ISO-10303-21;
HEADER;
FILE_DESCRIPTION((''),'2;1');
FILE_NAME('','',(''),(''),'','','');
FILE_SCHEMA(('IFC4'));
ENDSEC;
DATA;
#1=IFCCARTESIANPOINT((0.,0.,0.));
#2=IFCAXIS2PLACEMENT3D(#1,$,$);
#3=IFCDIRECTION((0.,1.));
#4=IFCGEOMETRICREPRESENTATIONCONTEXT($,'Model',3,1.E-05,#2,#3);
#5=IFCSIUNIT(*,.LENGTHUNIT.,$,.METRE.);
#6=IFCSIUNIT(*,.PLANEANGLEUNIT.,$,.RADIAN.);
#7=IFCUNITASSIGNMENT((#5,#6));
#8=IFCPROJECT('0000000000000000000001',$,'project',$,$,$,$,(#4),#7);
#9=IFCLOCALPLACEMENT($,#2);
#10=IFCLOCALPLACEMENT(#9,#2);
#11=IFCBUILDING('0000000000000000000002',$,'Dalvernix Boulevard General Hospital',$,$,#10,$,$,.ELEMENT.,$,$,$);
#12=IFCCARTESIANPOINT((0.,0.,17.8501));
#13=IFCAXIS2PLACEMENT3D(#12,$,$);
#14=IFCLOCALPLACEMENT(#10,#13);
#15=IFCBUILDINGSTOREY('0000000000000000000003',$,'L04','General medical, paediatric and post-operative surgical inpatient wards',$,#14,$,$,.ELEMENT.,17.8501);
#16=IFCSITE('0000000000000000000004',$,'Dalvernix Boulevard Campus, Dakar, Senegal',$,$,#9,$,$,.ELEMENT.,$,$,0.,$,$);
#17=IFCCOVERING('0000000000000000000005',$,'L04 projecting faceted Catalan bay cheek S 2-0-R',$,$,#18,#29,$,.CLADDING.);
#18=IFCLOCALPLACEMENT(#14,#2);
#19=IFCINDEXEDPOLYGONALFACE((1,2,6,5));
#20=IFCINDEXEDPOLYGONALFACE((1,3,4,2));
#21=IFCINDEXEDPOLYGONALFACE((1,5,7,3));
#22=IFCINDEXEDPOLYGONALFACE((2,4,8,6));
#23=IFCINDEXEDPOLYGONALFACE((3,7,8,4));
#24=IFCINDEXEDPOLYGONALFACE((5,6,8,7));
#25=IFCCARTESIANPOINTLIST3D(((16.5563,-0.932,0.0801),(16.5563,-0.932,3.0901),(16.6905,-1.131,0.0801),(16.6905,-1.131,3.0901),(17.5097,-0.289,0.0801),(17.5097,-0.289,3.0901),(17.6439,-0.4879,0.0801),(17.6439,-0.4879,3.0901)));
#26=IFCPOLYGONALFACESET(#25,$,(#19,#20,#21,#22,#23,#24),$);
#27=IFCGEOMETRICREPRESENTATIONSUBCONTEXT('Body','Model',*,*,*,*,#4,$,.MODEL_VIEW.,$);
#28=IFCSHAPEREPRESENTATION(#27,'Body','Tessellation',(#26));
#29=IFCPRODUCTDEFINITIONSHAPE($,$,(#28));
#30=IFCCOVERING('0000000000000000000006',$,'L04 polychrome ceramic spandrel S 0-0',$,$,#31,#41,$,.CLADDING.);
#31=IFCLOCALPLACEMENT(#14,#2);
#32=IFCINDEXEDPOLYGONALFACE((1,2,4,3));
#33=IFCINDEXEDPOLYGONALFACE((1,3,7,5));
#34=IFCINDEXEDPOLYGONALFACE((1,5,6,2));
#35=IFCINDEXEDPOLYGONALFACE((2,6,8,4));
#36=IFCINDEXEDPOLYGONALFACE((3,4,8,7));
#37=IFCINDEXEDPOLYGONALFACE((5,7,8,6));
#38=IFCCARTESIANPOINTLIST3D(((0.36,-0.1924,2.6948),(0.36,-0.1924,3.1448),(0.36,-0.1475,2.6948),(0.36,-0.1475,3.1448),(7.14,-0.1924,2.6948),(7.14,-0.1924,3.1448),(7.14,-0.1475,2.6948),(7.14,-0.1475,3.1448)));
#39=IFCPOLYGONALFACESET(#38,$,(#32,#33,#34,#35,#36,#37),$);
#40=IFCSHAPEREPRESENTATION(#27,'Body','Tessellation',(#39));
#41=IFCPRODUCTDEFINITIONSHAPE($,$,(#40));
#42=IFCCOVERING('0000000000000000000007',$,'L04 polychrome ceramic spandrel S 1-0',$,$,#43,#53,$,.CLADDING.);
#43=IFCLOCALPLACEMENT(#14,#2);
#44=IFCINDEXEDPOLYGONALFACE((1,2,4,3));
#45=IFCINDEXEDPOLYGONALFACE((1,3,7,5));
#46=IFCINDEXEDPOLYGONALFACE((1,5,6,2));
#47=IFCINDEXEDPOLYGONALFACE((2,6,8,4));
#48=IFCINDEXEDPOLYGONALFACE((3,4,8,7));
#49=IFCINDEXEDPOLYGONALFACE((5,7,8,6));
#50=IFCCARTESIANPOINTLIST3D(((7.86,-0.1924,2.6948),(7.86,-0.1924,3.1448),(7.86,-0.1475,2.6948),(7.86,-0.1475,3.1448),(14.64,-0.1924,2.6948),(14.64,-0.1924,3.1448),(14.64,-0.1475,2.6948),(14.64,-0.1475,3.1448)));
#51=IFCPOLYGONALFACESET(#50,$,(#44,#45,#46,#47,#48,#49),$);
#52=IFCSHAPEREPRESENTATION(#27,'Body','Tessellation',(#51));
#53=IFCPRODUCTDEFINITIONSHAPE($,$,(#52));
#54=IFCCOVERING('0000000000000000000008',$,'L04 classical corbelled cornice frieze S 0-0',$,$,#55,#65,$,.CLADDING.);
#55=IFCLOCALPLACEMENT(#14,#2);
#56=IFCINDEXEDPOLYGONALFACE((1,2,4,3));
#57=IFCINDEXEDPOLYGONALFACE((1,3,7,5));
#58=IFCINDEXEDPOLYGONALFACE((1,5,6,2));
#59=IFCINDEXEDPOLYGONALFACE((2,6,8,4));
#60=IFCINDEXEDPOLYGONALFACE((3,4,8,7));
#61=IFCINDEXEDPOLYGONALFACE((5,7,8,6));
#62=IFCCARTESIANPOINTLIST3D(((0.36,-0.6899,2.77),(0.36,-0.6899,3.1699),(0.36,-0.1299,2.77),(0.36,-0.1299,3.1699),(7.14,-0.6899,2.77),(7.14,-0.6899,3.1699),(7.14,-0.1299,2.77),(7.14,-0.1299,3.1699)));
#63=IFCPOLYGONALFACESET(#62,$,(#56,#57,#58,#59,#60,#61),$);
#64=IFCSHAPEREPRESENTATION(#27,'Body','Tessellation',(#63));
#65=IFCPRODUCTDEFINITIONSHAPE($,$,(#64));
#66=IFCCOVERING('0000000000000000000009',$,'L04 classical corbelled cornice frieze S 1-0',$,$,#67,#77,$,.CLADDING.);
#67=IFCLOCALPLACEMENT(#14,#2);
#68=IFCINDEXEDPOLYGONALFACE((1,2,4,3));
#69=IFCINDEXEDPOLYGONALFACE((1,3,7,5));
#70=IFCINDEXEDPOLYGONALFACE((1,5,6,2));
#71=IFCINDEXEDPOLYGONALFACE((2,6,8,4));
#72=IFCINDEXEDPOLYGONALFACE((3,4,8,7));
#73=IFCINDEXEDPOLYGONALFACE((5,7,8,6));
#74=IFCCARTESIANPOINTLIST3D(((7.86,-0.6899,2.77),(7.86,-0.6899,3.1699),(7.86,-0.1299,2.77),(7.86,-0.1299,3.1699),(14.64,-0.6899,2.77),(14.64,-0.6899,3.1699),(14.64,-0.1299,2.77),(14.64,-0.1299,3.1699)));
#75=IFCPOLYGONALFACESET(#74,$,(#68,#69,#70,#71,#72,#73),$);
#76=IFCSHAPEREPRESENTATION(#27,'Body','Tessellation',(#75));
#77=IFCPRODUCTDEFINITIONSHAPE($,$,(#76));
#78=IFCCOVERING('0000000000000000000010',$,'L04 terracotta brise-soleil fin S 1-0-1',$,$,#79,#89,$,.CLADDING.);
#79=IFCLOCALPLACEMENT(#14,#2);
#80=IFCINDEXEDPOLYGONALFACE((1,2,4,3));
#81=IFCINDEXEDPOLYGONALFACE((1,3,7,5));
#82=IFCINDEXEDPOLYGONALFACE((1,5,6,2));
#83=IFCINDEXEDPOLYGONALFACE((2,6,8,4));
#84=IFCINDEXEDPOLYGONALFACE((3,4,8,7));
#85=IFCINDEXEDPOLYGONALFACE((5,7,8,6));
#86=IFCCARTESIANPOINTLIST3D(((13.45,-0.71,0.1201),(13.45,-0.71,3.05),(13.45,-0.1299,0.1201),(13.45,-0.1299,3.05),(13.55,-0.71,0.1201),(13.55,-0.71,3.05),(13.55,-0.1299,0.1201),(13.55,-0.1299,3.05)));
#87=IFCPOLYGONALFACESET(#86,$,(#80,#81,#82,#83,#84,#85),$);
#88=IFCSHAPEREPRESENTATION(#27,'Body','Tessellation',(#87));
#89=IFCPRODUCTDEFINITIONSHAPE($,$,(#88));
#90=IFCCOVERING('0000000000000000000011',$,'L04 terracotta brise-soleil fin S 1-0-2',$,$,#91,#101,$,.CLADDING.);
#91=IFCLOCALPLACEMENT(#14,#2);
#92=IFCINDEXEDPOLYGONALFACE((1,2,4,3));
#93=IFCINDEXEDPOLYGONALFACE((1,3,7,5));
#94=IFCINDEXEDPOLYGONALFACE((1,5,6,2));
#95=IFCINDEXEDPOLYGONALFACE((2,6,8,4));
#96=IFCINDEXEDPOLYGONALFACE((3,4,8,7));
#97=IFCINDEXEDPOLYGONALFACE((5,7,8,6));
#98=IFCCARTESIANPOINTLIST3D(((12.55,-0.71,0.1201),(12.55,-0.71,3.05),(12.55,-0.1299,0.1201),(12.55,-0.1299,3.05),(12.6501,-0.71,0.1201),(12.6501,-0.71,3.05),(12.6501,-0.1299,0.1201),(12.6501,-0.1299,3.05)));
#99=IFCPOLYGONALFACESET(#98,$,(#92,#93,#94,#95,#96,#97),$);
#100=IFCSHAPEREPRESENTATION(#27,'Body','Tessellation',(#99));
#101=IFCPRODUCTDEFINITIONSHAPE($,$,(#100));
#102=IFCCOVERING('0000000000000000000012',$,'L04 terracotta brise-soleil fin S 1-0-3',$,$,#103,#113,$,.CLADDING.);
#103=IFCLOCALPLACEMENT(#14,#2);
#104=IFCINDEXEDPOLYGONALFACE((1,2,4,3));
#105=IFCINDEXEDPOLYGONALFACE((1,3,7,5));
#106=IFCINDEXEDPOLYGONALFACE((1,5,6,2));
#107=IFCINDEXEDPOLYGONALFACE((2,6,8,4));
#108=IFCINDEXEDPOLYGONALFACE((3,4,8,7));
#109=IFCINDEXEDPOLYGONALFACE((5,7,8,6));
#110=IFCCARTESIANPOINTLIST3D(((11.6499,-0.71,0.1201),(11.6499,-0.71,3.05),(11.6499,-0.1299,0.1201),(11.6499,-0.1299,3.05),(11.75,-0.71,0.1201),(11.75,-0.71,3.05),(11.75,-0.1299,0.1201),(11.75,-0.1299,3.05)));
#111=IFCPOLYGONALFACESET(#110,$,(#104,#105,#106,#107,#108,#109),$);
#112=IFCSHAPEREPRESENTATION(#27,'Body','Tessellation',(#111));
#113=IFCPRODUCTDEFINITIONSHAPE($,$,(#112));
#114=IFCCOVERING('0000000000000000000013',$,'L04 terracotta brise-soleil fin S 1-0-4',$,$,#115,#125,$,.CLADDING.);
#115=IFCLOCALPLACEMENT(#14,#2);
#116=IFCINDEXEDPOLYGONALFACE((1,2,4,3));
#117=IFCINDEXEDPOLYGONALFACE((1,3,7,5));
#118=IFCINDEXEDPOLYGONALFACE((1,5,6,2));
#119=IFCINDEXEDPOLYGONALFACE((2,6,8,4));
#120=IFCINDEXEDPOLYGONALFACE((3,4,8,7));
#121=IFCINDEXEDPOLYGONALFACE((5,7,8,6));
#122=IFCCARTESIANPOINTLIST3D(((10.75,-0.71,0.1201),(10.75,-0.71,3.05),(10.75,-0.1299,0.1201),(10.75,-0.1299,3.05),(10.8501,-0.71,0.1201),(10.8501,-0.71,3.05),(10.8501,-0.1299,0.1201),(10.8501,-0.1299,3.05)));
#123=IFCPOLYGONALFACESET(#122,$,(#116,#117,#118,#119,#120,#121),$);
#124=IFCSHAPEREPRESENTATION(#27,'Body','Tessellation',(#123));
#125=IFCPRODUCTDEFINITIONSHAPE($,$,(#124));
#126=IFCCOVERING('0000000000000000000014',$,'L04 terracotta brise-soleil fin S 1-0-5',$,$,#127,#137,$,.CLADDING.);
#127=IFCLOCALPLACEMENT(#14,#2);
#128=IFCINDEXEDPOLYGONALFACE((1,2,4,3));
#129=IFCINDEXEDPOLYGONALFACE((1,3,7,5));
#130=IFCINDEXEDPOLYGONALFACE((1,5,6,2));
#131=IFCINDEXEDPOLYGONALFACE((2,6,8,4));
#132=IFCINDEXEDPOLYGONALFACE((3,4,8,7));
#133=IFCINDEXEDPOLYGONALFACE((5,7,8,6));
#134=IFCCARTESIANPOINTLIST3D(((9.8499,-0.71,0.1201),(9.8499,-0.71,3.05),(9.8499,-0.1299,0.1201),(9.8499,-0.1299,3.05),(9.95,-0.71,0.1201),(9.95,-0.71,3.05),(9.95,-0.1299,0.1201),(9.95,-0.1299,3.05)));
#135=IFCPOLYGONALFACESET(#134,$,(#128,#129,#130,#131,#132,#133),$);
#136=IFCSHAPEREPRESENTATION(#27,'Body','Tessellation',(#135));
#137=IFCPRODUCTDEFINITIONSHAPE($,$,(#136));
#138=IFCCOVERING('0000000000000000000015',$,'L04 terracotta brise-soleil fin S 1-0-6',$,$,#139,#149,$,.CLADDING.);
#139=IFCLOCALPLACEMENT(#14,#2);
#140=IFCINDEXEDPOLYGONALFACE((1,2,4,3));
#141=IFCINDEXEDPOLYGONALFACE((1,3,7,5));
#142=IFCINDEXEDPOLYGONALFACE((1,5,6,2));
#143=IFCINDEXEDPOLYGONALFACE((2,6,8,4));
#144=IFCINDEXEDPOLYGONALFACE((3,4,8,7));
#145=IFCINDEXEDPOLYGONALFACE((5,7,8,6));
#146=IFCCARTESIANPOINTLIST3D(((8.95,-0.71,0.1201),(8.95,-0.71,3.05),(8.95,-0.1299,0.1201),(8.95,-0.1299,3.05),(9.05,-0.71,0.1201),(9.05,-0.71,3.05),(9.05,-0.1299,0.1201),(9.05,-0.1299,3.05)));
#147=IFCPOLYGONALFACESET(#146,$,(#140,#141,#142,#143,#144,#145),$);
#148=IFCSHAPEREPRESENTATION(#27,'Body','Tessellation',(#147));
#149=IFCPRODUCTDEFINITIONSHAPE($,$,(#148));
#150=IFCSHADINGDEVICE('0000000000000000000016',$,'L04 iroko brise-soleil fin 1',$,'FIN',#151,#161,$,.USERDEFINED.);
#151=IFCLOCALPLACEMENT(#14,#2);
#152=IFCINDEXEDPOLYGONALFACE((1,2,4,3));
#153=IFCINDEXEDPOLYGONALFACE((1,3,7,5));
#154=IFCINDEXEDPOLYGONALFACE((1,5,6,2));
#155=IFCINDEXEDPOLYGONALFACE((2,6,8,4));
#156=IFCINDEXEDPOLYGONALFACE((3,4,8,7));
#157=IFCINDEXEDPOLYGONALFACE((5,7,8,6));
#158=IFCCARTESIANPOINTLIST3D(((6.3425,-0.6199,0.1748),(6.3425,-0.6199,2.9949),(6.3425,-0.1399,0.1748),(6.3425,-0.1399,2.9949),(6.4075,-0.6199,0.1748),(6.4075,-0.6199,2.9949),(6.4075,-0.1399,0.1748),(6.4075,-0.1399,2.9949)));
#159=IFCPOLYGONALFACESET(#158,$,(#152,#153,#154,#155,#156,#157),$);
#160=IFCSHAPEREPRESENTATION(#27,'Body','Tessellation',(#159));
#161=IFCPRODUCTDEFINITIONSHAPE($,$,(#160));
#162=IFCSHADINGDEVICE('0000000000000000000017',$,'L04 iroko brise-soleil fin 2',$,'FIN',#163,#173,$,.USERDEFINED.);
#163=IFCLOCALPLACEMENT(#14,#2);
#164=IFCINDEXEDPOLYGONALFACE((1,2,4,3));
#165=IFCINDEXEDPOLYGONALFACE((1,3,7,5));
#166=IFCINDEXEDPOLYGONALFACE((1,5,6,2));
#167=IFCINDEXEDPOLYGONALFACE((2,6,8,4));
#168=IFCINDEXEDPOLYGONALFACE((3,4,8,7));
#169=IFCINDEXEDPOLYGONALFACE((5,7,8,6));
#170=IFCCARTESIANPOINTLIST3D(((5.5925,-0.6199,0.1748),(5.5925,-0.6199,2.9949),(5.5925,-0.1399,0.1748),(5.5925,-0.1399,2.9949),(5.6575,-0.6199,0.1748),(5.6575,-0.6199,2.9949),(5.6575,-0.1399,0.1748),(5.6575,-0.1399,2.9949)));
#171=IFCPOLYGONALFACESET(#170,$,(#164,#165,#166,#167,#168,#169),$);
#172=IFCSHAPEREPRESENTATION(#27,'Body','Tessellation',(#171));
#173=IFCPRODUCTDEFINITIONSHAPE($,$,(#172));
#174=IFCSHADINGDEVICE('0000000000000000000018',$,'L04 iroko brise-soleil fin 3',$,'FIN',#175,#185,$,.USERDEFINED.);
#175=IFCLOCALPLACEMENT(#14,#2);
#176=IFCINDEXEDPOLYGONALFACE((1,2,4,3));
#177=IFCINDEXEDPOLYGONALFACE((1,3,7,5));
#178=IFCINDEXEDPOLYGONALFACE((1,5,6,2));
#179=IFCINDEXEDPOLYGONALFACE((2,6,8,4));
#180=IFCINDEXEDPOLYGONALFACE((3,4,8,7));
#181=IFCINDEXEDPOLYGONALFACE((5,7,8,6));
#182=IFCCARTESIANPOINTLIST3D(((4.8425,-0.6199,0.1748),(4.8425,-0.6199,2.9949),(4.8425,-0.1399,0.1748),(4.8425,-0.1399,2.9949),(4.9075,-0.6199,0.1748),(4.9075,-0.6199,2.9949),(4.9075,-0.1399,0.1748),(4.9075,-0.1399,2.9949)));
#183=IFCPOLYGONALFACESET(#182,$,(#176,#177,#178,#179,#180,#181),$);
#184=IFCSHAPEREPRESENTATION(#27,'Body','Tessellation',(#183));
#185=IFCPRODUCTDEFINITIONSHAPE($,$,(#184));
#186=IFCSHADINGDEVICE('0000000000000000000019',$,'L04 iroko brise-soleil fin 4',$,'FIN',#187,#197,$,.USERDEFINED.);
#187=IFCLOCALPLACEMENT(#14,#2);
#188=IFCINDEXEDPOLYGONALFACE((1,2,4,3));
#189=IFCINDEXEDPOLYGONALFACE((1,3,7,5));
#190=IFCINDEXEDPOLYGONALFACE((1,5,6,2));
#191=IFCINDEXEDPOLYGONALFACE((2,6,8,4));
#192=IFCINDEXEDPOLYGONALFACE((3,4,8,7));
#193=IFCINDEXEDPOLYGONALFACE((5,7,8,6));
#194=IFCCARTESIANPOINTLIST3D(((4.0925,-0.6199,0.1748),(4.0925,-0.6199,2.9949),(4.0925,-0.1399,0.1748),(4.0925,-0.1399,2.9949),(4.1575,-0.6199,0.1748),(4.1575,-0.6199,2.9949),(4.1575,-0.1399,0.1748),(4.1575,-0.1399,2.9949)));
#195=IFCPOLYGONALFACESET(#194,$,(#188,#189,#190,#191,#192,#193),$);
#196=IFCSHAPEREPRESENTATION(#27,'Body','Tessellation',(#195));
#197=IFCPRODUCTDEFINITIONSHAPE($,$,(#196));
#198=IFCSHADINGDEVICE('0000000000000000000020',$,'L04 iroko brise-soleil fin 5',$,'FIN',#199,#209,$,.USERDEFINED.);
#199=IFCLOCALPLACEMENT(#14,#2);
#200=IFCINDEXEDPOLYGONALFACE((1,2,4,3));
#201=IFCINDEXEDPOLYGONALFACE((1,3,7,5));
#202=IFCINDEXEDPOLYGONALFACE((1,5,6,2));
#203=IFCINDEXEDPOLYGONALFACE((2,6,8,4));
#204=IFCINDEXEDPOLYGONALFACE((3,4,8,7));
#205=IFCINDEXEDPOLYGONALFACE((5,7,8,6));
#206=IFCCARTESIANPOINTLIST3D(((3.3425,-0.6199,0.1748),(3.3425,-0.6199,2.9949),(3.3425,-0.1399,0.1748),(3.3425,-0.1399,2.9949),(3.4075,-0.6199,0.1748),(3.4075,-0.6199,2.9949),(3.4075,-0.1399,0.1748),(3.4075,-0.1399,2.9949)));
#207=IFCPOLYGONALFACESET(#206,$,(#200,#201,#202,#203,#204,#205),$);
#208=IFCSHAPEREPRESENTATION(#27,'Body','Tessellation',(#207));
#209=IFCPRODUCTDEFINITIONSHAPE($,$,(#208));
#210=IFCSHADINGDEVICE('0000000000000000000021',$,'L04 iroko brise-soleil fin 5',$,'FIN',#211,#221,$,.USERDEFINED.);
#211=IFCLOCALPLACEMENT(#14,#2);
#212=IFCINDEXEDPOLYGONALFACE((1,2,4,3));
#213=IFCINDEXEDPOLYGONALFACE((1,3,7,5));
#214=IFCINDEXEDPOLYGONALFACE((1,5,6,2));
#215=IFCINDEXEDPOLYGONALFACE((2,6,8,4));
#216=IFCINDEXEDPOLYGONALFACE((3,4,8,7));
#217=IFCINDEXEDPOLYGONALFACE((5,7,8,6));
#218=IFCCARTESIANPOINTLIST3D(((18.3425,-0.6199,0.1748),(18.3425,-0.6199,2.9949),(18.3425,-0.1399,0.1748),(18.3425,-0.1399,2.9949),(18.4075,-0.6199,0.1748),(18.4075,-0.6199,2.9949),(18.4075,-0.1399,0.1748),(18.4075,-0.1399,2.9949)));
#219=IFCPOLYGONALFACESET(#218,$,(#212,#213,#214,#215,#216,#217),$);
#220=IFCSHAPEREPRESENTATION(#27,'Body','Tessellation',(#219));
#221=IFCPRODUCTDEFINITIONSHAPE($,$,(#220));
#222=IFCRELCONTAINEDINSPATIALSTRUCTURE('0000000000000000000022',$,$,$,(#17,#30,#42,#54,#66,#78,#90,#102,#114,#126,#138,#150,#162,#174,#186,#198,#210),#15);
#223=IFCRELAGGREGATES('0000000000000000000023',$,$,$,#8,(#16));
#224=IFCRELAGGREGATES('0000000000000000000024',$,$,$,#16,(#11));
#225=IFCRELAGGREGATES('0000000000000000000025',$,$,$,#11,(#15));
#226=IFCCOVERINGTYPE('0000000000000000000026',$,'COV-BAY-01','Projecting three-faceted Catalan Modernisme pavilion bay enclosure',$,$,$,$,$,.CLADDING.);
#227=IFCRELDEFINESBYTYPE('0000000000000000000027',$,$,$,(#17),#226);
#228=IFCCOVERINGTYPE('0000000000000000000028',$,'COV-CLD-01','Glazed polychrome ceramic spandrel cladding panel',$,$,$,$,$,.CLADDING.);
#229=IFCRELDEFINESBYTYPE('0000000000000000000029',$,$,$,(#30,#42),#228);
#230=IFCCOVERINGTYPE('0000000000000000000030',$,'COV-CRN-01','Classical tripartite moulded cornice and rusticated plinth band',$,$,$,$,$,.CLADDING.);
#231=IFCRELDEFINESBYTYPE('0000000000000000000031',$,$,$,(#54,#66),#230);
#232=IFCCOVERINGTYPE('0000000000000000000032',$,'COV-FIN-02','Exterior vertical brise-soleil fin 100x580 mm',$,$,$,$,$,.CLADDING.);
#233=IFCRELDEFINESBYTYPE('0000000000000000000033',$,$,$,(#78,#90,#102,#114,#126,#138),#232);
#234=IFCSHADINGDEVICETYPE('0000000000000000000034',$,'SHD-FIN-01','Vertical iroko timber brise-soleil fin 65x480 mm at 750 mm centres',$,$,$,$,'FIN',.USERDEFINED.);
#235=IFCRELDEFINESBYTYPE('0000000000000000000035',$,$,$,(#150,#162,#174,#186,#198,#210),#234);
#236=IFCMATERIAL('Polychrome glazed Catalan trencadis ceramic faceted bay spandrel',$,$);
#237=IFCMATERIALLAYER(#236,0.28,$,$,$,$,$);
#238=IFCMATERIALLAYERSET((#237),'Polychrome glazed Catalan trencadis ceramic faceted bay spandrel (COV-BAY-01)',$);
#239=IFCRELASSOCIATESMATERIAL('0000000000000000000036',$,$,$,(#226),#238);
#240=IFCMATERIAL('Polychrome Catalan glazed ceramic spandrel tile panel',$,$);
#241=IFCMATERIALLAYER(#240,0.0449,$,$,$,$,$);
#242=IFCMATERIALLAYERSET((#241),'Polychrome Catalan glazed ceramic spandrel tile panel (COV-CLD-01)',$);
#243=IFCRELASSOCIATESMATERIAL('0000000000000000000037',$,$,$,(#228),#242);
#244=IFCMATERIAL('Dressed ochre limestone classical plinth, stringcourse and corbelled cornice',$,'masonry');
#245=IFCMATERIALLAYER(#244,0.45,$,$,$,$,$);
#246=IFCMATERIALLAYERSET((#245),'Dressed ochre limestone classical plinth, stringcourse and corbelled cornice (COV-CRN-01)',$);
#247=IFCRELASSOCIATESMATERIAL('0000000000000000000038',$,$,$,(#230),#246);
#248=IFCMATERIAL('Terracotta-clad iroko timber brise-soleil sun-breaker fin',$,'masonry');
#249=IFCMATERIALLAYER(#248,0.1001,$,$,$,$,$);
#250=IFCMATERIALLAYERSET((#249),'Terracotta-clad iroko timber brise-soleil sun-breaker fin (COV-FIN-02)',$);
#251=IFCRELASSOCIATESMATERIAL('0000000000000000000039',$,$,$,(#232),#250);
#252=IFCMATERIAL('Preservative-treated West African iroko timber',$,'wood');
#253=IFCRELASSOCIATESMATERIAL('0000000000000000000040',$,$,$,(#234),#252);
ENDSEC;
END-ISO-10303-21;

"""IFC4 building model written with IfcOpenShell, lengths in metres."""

from ifc_helpers import new_model, si_unit, direction, frame, origin, origin_2d, place, context, subcontext, project, spatial, rectangle, extrude, material, layer, layer_set, type_object, element, save


model = new_model("IFC4")

# Units and contexts
model_context = context("Model", 3, precision=1e-05, world=origin(), true_north=direction((0.0, 1.0)))
body_context = subcontext(model_context, "Body", "Model", "MODEL_VIEW")
ifc_project = project(units=[si_unit("LENGTHUNIT", "METRE"), si_unit("PLANEANGLEUNIT", "RADIAN")], contexts=[model_context])

# Site, building, storey
site_placement = place(None, origin())
site = spatial("IfcSite", under=ifc_project, at=site_placement, Name="Dalvernix Boulevard Campus, Dakar, Senegal", CompositionType="ELEMENT", RefElevation=0.0)
building_placement = place(site_placement, origin())
building = spatial("IfcBuilding", under=site, at=building_placement, Name="Dalvernix Boulevard General Hospital", CompositionType="ELEMENT")
storey_placement = place(building_placement, frame((0.0, 0.0, 17.8501)))
storey = spatial("IfcBuildingStorey", under=building, at=storey_placement, Name="L04", Description="General medical, paediatric and post-operative surgical inpatient wards", CompositionType="ELEMENT", Elevation=17.8501)

# Coverings
ifc_material_1 = material(Name="Polychrome glazed Catalan trencadis ceramic faceted bay spandrel")
ifc_layer_1 = layer(ifc_material_1, 0.28)
ifc_layer_set_1 = layer_set([ifc_layer_1], Name="Polychrome glazed Catalan trencadis ceramic faceted bay spandrel (COV-BAY-01)")
covering_type_1 = type_object("IfcCoveringType", Name="COV-BAY-01", Description="Projecting three-faceted Catalan Modernisme pavilion bay enclosure", PredefinedType="CLADDING", material=ifc_layer_set_1)
covering_1_placement = place(storey_placement, frame((17.1001, -0.71, 0.0801), z_axis=(0.0, 0.0, 1.0), x_axis=(-0.829038, -0.559193, 0.0)))
element("IfcCovering", 1, at=covering_1_placement, inside=storey, type_object=covering_type_1, Name="L04 projecting faceted Catalan bay cheek S 2-0-R", PredefinedType="CLADDING", context=body_context, shape_type="SweptSolid", body=[
    extrude(rectangle(XDim=1.1499, YDim=0.24, at=origin_2d()), origin(), (0.0, 0.0, 1.0), 3.01),
])
ifc_material_2 = material(Name="Polychrome Catalan glazed ceramic spandrel tile panel")
ifc_layer_2 = layer(ifc_material_2, 0.0449)
ifc_layer_set_2 = layer_set([ifc_layer_2], Name="Polychrome Catalan glazed ceramic spandrel tile panel (COV-CLD-01)")
covering_type_2 = type_object("IfcCoveringType", Name="COV-CLD-01", Description="Glazed polychrome ceramic spandrel cladding panel", PredefinedType="CLADDING", material=ifc_layer_set_2)
for number, where, z_axis, x_axis, name in (
    (2, (3.75, -0.1699, 2.6948), (0.0, 0.0, 1.0), (-1.0, 0.0, 0.0), "L04 polychrome ceramic spandrel S 0-0"),
    (3, (11.25, -0.1699, 2.6948), (0.0, 0.0, 1.0), (-1.0, 0.0, 0.0), "L04 polychrome ceramic spandrel S 1-0"),
):
    element("IfcCovering", number, at=place(storey_placement, frame(where, z_axis=z_axis, x_axis=x_axis)), inside=storey, type_object=covering_type_2, Name=name, PredefinedType="CLADDING", context=body_context, shape_type="SweptSolid", body=[
        extrude(rectangle(XDim=6.78, YDim=0.0449, at=origin_2d()), origin(), (0.0, 0.0, 1.0), 0.45),
    ])
ifc_material_3 = material(Name="Dressed ochre limestone classical plinth, stringcourse and corbelled cornice", Category="masonry")
ifc_layer_3 = layer(ifc_material_3, 0.45)
ifc_layer_set_3 = layer_set([ifc_layer_3], Name="Dressed ochre limestone classical plinth, stringcourse and corbelled cornice (COV-CRN-01)")
covering_type_3 = type_object("IfcCoveringType", Name="COV-CRN-01", Description="Classical tripartite moulded cornice and rusticated plinth band", PredefinedType="CLADDING", material=ifc_layer_set_3)
for number, where, z_axis, x_axis, name in (
    (4, (3.75, -0.4099, 2.77), (0.0, 0.0, 1.0), (-1.0, 0.0, 0.0), "L04 classical corbelled cornice frieze S 0-0"),
    (5, (11.25, -0.4099, 2.77), (0.0, 0.0, 1.0), (-1.0, 0.0, 0.0), "L04 classical corbelled cornice frieze S 1-0"),
):
    element("IfcCovering", number, at=place(storey_placement, frame(where, z_axis=z_axis, x_axis=x_axis)), inside=storey, type_object=covering_type_3, Name=name, PredefinedType="CLADDING", context=body_context, shape_type="SweptSolid", body=[
        extrude(rectangle(XDim=6.78, YDim=0.5601, at=origin_2d()), origin(), (0.0, 0.0, 1.0), 0.3999),
    ])
ifc_material_4 = material(Name="Terracotta-clad iroko timber brise-soleil sun-breaker fin", Category="masonry")
ifc_layer_4 = layer(ifc_material_4, 0.1001)
ifc_layer_set_4 = layer_set([ifc_layer_4], Name="Terracotta-clad iroko timber brise-soleil sun-breaker fin (COV-FIN-02)")
covering_type_4 = type_object("IfcCoveringType", Name="COV-FIN-02", Description="Exterior vertical brise-soleil fin 100x580 mm", PredefinedType="CLADDING", material=ifc_layer_set_4)
for number, where, z_axis, x_axis, name in (
    (6, (13.5, -0.4199, 0.1201), (0.0, 0.0, 1.0), (-1.0, 0.0, 0.0), "L04 terracotta brise-soleil fin S 1-0-1"),
    (7, (12.6001, -0.4199, 0.1201), (0.0, 0.0, 1.0), (-1.0, 0.0, 0.0), "L04 terracotta brise-soleil fin S 1-0-2"),
    (8, (11.7, -0.4199, 0.1201), (0.0, 0.0, 1.0), (-1.0, 0.0, 0.0), "L04 terracotta brise-soleil fin S 1-0-3"),
    (9, (10.8, -0.4199, 0.1201), (0.0, 0.0, 1.0), (-1.0, 0.0, 0.0), "L04 terracotta brise-soleil fin S 1-0-4"),
    (10, (9.8999, -0.4199, 0.1201), (0.0, 0.0, 1.0), (-1.0, 0.0, 0.0), "L04 terracotta brise-soleil fin S 1-0-5"),
    (11, (9.0, -0.4199, 0.1201), (0.0, 0.0, 1.0), (-1.0, 0.0, 0.0), "L04 terracotta brise-soleil fin S 1-0-6"),
):
    element("IfcCovering", number, at=place(storey_placement, frame(where, z_axis=z_axis, x_axis=x_axis)), inside=storey, type_object=covering_type_4, Name=name, PredefinedType="CLADDING", context=body_context, shape_type="SweptSolid", body=[
        extrude(rectangle(XDim=0.1001, YDim=0.5801, at=origin_2d()), origin(), (0.0, 0.0, 1.0), 2.9299),
    ])

# Shading devices
ifc_material_5 = material(Name="Preservative-treated West African iroko timber", Category="wood")
shading_device_type = type_object("IfcShadingDeviceType", Name="SHD-FIN-01", Description="Vertical iroko timber brise-soleil fin 65x480 mm at 750 mm centres", ElementType="FIN", PredefinedType="USERDEFINED", material=ifc_material_5)
for number, where, z_axis, x_axis, name in (
    (12, (6.375, -0.3799, 0.1748), (0.0, 0.0, 1.0), (-1.0, 0.0, 0.0), "L04 iroko brise-soleil fin 1"),
    (13, (5.625, -0.3799, 0.1748), (0.0, 0.0, 1.0), (-1.0, 0.0, 0.0), "L04 iroko brise-soleil fin 2"),
    (14, (4.875, -0.3799, 0.1748), (0.0, 0.0, 1.0), (-1.0, 0.0, 0.0), "L04 iroko brise-soleil fin 3"),
    (15, (4.125, -0.3799, 0.1748), (0.0, 0.0, 1.0), (-1.0, 0.0, 0.0), "L04 iroko brise-soleil fin 4"),
    (16, (3.375, -0.3799, 0.1748), (0.0, 0.0, 1.0), (-1.0, 0.0, 0.0), "L04 iroko brise-soleil fin 5"),
    (17, (18.375, -0.3799, 0.1748), (0.0, 0.0, 1.0), (-1.0, 0.0, 0.0), "L04 iroko brise-soleil fin 5"),
):
    element("IfcShadingDevice", number, at=place(storey_placement, frame(where, z_axis=z_axis, x_axis=x_axis)), inside=storey, type_object=shading_device_type, Name=name, ObjectType="FIN", PredefinedType="USERDEFINED", context=body_context, shape_type="SweptSolid", body=[
        extrude(rectangle(XDim=0.0649, YDim=0.48, at=origin_2d()), origin(), (0.0, 0.0, 1.0), 2.8201),
    ])

save(model, "model.ifc")
